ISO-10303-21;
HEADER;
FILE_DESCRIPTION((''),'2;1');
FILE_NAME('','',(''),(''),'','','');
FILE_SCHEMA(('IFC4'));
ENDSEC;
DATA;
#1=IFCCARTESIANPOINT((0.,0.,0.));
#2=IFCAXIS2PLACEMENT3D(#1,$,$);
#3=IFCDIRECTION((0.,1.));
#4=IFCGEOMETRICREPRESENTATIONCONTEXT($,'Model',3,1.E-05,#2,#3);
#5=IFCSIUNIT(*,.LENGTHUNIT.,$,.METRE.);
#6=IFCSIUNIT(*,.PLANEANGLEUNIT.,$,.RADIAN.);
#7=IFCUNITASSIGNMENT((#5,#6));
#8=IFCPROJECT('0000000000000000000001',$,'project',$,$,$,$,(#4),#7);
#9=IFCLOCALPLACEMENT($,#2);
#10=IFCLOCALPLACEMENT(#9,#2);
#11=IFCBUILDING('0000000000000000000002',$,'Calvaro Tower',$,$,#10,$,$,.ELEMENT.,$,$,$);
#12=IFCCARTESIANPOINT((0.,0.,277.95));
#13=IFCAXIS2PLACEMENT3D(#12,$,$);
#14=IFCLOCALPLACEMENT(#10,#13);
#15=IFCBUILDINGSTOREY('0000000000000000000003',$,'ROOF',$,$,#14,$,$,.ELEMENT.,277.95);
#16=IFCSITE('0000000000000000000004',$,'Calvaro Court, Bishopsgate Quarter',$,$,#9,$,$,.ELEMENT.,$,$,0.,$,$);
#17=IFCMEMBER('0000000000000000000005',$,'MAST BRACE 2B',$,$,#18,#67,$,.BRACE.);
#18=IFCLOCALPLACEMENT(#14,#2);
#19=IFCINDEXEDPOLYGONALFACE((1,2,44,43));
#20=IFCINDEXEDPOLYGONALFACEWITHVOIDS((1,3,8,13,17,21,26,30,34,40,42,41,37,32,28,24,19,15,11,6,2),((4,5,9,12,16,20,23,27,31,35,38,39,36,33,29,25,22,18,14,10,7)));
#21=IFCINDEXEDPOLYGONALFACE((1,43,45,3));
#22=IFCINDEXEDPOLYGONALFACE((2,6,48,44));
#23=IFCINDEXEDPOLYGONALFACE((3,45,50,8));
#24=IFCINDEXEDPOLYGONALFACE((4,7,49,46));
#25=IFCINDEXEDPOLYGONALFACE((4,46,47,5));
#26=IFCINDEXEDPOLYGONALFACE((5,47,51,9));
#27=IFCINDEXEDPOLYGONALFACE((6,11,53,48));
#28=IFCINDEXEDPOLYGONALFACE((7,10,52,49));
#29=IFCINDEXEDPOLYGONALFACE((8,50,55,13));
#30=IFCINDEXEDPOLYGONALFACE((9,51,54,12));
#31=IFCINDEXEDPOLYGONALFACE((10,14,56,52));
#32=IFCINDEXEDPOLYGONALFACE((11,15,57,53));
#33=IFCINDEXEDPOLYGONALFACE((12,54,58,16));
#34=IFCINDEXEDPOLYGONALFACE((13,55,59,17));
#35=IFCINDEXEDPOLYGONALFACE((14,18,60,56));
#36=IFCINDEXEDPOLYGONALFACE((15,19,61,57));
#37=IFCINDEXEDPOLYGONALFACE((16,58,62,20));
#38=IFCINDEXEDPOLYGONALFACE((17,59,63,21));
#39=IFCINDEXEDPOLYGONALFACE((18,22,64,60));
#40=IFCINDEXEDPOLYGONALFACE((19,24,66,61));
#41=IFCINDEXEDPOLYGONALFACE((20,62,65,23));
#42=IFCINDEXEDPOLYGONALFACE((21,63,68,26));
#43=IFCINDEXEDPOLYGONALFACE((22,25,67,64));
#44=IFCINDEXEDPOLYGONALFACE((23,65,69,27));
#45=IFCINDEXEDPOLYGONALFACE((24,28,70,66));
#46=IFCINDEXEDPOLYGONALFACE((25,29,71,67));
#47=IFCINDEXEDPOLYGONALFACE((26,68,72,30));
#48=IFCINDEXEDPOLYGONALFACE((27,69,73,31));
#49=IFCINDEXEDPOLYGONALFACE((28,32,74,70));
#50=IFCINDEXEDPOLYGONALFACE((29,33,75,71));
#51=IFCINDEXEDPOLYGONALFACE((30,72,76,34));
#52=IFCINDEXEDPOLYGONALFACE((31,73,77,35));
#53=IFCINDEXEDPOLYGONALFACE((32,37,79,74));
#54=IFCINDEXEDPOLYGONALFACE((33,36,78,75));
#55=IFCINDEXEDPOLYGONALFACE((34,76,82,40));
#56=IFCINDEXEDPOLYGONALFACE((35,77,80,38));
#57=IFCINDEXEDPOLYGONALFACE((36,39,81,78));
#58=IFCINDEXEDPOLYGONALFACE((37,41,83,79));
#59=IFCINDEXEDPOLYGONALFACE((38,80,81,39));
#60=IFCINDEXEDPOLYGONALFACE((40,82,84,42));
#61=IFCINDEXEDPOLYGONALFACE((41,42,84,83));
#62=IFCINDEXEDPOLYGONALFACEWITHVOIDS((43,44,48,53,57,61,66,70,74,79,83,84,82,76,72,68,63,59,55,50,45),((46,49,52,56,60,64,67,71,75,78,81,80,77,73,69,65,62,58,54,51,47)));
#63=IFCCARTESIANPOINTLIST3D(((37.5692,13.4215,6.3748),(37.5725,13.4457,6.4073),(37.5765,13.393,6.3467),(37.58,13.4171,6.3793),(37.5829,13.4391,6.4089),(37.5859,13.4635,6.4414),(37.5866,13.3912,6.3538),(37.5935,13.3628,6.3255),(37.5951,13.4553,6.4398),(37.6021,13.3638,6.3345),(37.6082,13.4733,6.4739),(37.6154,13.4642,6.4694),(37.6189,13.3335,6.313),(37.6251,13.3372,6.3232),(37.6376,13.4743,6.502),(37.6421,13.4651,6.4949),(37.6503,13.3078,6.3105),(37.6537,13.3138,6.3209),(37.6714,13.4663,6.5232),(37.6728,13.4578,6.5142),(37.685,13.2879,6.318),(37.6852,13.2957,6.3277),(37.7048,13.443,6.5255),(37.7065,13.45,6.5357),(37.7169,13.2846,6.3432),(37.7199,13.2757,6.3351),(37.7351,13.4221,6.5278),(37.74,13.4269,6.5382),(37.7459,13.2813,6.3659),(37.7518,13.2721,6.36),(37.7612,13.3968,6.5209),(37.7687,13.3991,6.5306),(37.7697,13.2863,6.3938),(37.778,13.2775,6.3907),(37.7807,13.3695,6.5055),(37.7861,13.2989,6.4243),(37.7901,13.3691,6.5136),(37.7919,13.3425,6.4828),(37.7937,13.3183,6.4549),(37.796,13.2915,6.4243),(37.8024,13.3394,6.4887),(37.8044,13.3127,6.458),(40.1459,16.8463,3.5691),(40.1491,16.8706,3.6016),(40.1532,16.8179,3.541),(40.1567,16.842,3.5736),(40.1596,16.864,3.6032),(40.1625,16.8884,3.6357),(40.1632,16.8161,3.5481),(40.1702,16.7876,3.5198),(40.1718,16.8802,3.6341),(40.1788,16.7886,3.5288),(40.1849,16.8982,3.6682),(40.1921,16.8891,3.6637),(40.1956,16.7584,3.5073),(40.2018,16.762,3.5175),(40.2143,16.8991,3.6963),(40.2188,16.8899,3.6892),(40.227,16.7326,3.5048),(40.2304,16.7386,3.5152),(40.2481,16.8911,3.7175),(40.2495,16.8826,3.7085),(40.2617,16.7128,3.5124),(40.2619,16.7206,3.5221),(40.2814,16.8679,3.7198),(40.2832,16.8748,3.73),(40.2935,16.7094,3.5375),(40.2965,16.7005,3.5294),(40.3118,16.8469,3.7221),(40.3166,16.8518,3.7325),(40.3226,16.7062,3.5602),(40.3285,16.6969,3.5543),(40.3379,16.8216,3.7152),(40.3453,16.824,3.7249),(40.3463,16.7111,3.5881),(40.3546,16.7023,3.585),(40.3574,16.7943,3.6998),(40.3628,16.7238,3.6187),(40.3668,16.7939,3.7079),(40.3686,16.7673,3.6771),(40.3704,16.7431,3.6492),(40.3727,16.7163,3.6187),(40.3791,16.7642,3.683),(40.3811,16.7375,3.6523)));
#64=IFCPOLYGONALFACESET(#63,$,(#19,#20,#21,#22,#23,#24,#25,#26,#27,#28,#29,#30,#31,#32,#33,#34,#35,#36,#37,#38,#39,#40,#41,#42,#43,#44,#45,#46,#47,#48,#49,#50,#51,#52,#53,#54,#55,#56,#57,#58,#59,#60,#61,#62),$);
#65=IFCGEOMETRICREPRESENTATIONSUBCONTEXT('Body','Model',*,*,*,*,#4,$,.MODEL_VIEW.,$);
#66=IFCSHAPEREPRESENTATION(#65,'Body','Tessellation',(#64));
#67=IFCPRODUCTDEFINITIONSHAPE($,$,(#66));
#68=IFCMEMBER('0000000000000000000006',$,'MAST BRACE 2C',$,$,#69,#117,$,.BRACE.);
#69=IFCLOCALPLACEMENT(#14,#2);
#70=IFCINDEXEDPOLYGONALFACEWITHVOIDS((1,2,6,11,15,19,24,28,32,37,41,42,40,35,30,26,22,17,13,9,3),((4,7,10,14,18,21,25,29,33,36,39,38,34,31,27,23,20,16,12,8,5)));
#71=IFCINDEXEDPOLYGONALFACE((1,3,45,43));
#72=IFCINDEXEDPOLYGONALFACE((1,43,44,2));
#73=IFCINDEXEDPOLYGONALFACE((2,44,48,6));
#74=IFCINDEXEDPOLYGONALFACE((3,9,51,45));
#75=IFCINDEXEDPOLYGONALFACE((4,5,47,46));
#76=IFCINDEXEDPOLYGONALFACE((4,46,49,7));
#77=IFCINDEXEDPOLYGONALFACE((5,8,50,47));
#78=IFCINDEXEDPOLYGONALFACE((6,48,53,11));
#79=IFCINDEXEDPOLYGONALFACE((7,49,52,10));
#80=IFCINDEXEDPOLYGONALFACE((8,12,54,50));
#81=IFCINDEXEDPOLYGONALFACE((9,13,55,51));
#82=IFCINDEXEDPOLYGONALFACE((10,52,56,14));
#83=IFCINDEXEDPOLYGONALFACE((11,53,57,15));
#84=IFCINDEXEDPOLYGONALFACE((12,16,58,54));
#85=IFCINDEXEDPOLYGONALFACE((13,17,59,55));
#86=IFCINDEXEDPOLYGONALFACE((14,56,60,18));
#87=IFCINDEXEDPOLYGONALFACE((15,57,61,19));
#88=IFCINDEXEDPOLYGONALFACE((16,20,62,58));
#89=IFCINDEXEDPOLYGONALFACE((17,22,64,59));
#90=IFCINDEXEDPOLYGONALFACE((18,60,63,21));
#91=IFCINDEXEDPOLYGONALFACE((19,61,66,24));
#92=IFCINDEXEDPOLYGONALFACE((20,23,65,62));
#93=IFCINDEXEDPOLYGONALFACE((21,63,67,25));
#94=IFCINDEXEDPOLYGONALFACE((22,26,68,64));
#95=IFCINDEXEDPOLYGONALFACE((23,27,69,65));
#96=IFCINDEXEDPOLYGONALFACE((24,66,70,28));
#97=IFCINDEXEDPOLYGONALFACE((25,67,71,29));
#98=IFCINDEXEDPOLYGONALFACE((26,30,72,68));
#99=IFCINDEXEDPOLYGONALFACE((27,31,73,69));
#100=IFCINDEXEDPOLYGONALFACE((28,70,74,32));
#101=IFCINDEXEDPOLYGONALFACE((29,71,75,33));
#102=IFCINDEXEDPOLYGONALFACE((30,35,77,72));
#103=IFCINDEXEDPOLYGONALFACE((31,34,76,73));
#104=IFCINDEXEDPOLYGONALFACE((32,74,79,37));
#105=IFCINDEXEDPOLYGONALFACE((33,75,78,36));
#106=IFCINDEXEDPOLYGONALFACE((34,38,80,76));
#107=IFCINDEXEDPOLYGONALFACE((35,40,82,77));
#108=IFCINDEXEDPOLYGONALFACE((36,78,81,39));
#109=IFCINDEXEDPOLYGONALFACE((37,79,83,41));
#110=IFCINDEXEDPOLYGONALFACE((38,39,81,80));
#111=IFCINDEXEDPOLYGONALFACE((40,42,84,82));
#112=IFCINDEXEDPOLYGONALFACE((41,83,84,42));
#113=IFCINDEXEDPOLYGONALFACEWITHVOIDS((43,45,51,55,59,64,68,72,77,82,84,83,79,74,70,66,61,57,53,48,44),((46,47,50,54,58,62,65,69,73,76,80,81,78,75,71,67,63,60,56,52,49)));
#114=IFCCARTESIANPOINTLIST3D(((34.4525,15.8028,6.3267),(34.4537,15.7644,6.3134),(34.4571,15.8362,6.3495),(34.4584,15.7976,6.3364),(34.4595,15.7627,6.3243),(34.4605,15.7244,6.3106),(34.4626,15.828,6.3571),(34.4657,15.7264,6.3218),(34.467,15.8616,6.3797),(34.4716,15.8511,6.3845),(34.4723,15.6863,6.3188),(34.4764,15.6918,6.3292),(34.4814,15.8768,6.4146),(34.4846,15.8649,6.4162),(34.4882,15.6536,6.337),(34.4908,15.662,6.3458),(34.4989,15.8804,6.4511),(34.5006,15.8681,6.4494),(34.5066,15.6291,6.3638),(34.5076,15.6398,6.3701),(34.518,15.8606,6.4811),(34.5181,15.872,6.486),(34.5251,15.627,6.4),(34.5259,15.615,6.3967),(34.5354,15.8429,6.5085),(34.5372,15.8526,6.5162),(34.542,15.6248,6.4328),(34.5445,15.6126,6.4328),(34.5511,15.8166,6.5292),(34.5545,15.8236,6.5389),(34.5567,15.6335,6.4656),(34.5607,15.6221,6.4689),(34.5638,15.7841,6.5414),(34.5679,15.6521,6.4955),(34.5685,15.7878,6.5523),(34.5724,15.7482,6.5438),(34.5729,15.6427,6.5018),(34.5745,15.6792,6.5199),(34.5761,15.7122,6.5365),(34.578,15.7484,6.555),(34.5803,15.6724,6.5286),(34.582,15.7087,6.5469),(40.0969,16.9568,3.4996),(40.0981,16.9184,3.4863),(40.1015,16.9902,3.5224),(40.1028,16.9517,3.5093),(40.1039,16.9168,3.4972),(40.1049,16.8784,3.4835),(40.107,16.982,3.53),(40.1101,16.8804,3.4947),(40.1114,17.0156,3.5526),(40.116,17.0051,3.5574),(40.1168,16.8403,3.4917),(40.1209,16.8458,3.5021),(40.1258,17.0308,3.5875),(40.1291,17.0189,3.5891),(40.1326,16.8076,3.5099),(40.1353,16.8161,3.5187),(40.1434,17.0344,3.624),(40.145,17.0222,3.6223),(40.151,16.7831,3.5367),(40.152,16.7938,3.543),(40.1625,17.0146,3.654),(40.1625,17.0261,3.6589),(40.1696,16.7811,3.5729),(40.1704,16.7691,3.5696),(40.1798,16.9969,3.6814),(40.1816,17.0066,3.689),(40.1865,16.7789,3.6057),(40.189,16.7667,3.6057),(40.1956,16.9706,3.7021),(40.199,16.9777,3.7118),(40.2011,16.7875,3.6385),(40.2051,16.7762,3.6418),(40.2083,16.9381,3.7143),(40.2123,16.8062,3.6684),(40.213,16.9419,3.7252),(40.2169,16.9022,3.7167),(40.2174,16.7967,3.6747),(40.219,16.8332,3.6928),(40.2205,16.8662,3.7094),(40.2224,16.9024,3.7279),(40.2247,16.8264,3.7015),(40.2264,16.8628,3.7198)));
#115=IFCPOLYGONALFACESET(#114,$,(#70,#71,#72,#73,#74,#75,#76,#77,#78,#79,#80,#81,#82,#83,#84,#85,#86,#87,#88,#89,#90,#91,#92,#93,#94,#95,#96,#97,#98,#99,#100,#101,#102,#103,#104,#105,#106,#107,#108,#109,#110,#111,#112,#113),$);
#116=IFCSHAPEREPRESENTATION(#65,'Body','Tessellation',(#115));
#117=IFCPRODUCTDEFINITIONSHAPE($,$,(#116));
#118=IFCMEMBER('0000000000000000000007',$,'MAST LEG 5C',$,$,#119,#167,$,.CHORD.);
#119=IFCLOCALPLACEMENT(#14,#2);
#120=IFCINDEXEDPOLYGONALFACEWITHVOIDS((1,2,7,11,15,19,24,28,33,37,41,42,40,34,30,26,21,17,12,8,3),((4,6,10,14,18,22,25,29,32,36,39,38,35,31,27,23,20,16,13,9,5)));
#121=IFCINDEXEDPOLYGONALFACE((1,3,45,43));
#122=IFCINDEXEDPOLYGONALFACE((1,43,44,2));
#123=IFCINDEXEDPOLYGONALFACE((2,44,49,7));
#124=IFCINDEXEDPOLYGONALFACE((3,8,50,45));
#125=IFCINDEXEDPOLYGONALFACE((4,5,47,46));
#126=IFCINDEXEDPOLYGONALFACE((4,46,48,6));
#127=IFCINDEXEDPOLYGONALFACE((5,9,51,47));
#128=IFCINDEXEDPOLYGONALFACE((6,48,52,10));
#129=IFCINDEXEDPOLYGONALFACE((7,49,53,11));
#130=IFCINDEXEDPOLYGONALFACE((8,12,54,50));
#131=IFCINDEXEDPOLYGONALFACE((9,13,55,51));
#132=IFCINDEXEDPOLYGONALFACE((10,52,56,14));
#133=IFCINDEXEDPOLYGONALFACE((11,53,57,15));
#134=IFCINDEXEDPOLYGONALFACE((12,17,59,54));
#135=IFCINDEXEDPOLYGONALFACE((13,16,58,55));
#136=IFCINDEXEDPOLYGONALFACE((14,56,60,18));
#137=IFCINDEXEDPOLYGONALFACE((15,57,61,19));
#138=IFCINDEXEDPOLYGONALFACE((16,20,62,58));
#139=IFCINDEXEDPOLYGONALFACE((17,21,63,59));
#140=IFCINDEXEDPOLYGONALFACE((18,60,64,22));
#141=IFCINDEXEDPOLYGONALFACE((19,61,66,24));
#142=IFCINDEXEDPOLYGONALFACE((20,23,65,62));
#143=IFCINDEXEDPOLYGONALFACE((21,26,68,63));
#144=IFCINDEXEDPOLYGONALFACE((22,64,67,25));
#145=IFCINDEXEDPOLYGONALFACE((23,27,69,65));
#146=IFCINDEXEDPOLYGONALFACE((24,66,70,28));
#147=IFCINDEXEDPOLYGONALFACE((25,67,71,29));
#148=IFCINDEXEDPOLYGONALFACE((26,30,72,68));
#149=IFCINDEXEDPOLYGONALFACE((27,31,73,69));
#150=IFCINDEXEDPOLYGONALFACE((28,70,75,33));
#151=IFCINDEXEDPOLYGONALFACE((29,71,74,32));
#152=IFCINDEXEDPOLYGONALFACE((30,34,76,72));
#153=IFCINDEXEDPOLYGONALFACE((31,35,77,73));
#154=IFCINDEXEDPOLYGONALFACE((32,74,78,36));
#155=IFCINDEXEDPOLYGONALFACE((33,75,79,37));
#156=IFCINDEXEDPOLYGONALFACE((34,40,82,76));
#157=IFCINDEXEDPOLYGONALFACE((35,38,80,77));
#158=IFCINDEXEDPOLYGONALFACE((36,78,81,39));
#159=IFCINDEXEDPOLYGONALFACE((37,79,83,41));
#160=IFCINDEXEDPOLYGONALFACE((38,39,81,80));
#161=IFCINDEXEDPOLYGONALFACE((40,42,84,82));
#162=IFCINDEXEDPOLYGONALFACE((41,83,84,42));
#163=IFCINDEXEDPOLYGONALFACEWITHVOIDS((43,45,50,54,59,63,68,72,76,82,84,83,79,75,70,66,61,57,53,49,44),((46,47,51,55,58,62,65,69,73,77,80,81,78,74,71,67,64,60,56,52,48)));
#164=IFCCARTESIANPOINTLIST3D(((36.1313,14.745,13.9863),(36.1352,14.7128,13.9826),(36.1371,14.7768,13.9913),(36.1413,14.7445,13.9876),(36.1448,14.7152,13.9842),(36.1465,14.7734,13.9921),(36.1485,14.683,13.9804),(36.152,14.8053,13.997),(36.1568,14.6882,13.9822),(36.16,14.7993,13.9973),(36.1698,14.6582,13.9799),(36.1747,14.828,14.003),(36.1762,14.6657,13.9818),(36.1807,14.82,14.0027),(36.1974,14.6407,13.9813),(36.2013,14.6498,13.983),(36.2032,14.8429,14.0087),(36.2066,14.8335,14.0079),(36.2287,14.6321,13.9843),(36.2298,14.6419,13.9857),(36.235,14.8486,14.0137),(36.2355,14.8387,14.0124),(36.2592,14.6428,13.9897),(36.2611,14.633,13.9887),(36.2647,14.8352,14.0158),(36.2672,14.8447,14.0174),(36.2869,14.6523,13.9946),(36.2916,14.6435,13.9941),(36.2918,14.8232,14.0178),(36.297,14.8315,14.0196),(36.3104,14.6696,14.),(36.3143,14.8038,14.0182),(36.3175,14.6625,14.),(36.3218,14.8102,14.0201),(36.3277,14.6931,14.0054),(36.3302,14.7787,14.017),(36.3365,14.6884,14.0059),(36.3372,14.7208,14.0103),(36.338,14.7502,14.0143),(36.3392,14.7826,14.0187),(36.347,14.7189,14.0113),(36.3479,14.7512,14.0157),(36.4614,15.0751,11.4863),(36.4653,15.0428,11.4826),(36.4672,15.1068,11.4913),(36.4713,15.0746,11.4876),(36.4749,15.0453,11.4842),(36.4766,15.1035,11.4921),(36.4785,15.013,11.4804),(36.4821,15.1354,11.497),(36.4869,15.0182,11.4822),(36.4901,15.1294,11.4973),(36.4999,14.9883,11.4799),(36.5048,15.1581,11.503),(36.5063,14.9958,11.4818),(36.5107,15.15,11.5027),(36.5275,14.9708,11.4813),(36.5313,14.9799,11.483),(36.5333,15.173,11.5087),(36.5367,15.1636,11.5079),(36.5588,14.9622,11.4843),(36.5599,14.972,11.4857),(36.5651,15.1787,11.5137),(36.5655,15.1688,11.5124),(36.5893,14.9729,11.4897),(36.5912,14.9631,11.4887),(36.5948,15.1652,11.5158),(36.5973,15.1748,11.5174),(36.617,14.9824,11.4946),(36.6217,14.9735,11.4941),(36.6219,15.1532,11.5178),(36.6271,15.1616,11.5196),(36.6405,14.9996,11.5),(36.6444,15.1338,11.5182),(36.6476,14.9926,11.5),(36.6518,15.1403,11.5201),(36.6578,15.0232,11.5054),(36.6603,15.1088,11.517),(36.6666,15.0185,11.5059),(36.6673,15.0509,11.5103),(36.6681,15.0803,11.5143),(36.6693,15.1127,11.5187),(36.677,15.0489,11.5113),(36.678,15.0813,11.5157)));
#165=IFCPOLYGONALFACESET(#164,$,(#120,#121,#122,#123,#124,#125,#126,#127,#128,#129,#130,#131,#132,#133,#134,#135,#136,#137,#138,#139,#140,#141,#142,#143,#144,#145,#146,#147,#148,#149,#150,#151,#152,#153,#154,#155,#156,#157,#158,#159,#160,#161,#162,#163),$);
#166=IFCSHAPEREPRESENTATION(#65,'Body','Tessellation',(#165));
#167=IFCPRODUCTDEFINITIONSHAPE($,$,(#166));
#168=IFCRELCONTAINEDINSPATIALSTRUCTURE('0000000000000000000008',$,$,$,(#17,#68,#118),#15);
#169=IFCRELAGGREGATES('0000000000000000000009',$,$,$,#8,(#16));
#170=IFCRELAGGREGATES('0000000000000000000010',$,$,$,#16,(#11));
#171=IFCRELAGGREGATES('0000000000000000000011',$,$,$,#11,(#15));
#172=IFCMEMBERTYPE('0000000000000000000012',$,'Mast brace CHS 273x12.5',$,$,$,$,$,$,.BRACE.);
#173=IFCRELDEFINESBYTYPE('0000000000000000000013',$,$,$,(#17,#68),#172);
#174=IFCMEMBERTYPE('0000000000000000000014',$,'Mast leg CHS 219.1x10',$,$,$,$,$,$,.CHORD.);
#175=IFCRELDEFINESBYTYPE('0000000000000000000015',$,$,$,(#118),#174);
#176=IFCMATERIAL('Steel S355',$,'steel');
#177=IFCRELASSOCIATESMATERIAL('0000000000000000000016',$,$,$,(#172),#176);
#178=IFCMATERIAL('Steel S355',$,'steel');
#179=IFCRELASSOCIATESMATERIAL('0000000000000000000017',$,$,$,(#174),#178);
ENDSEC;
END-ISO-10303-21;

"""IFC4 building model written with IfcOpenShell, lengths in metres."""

from ifc_helpers import new_model, si_unit, direction, frame, origin, origin_2d, place, context, subcontext, project, spatial, hollow_circle, extrude, material, material_profile, profile_set, type_object, element, save


model = new_model("IFC4")

# Units and contexts
model_context = context("Model", 3, precision=1e-05, world=origin(), true_north=direction((0.0, 1.0)))
body_context = subcontext(model_context, "Body", "Model", "MODEL_VIEW")
ifc_project = project(units=[si_unit("LENGTHUNIT", "METRE"), si_unit("PLANEANGLEUNIT", "RADIAN")], contexts=[model_context])

# Site, building, storey
site_placement = place(None, origin())
site = spatial("IfcSite", under=ifc_project, at=site_placement, Name="Calvaro Court, Bishopsgate Quarter", CompositionType="ELEMENT", RefElevation=0.0)
building_placement = place(site_placement, origin())
building = spatial("IfcBuilding", under=site, at=building_placement, Name="Calvaro Tower", CompositionType="ELEMENT")
storey_placement = place(building_placement, frame((0.0, 0.0, 277.95)))
storey = spatial("IfcBuildingStorey", under=building, at=storey_placement, Name="ROOF", CompositionType="ELEMENT", Elevation=277.95)

# Members
ifc_material_1 = material(Name="Steel S355", Category="steel")
ifc_material_profile_1 = material_profile(ifc_material_1, hollow_circle(Radius=0.1365, WallThickness=0.0125, at=origin_2d()), Name="CHS 273x12.5")
ifc_profile_set_1 = profile_set([ifc_material_profile_1], Name="Steel S355")
member_type_1 = type_object("IfcMemberType", Name="Mast brace CHS 273x12.5", PredefinedType="BRACE", material=ifc_profile_set_1)
member_1_placement = place(storey_placement, frame((40.2637, 16.7983, 3.6187), z_axis=(-0.503006, -0.668578, 0.547712), x_axis=(0.799097, -0.601202, 0.0)))
element("IfcMember", 1, at=member_1_placement, inside=storey, type_object=member_type_1, Name="MAST BRACE 2B", PredefinedType="BRACE", context=body_context, shape_type="SweptSolid", body=[
    extrude(hollow_circle(Radius=0.1365, WallThickness=0.0125, at=origin_2d()), origin(), (0.0, 0.0, 1.0), 5.1226),
])
member_2_placement = place(storey_placement, frame((40.1616, 16.9004, 3.6057), z_axis=(-0.879542, -0.179827, 0.440532), x_axis=(0.200311, -0.979732, 0.0)))
element("IfcMember", 2, at=member_2_placement, inside=storey, type_object=member_type_1, Name="MAST BRACE 2C", PredefinedType="BRACE", context=body_context, shape_type="SweptSolid", body=[
    extrude(hollow_circle(Radius=0.1365, WallThickness=0.0125, at=origin_2d()), origin(), (0.0, 0.0, 1.0), 6.4175),
])
ifc_material_2 = material(Name="Steel S355", Category="steel")
ifc_material_profile_2 = material_profile(ifc_material_2, hollow_circle(Radius=0.1096, WallThickness=0.01, at=origin_2d()), Name="CHS 219.1x10")
ifc_profile_set_2 = profile_set([ifc_material_profile_2], Name="Steel S355")
member_type_2 = type_object("IfcMemberType", Name="Mast leg CHS 219.1x10", PredefinedType="CHORD", material=ifc_profile_set_2)
member_3_placement = place(storey_placement, frame((36.5701, 15.0701, 11.5), z_axis=(-0.129788, -0.129788, 0.983011), x_axis=(0.707107, -0.707107, 0.0)))
element("IfcMember", 3, at=member_3_placement, inside=storey, type_object=member_type_2, Name="MAST LEG 5C", PredefinedType="CHORD", context=body_context, shape_type="SweptSolid", body=[
    extrude(hollow_circle(Radius=0.1096, WallThickness=0.01, at=origin_2d()), origin(), (0.0, 0.0, 1.0), 2.5432),
])

save(model, "model.ifc")
